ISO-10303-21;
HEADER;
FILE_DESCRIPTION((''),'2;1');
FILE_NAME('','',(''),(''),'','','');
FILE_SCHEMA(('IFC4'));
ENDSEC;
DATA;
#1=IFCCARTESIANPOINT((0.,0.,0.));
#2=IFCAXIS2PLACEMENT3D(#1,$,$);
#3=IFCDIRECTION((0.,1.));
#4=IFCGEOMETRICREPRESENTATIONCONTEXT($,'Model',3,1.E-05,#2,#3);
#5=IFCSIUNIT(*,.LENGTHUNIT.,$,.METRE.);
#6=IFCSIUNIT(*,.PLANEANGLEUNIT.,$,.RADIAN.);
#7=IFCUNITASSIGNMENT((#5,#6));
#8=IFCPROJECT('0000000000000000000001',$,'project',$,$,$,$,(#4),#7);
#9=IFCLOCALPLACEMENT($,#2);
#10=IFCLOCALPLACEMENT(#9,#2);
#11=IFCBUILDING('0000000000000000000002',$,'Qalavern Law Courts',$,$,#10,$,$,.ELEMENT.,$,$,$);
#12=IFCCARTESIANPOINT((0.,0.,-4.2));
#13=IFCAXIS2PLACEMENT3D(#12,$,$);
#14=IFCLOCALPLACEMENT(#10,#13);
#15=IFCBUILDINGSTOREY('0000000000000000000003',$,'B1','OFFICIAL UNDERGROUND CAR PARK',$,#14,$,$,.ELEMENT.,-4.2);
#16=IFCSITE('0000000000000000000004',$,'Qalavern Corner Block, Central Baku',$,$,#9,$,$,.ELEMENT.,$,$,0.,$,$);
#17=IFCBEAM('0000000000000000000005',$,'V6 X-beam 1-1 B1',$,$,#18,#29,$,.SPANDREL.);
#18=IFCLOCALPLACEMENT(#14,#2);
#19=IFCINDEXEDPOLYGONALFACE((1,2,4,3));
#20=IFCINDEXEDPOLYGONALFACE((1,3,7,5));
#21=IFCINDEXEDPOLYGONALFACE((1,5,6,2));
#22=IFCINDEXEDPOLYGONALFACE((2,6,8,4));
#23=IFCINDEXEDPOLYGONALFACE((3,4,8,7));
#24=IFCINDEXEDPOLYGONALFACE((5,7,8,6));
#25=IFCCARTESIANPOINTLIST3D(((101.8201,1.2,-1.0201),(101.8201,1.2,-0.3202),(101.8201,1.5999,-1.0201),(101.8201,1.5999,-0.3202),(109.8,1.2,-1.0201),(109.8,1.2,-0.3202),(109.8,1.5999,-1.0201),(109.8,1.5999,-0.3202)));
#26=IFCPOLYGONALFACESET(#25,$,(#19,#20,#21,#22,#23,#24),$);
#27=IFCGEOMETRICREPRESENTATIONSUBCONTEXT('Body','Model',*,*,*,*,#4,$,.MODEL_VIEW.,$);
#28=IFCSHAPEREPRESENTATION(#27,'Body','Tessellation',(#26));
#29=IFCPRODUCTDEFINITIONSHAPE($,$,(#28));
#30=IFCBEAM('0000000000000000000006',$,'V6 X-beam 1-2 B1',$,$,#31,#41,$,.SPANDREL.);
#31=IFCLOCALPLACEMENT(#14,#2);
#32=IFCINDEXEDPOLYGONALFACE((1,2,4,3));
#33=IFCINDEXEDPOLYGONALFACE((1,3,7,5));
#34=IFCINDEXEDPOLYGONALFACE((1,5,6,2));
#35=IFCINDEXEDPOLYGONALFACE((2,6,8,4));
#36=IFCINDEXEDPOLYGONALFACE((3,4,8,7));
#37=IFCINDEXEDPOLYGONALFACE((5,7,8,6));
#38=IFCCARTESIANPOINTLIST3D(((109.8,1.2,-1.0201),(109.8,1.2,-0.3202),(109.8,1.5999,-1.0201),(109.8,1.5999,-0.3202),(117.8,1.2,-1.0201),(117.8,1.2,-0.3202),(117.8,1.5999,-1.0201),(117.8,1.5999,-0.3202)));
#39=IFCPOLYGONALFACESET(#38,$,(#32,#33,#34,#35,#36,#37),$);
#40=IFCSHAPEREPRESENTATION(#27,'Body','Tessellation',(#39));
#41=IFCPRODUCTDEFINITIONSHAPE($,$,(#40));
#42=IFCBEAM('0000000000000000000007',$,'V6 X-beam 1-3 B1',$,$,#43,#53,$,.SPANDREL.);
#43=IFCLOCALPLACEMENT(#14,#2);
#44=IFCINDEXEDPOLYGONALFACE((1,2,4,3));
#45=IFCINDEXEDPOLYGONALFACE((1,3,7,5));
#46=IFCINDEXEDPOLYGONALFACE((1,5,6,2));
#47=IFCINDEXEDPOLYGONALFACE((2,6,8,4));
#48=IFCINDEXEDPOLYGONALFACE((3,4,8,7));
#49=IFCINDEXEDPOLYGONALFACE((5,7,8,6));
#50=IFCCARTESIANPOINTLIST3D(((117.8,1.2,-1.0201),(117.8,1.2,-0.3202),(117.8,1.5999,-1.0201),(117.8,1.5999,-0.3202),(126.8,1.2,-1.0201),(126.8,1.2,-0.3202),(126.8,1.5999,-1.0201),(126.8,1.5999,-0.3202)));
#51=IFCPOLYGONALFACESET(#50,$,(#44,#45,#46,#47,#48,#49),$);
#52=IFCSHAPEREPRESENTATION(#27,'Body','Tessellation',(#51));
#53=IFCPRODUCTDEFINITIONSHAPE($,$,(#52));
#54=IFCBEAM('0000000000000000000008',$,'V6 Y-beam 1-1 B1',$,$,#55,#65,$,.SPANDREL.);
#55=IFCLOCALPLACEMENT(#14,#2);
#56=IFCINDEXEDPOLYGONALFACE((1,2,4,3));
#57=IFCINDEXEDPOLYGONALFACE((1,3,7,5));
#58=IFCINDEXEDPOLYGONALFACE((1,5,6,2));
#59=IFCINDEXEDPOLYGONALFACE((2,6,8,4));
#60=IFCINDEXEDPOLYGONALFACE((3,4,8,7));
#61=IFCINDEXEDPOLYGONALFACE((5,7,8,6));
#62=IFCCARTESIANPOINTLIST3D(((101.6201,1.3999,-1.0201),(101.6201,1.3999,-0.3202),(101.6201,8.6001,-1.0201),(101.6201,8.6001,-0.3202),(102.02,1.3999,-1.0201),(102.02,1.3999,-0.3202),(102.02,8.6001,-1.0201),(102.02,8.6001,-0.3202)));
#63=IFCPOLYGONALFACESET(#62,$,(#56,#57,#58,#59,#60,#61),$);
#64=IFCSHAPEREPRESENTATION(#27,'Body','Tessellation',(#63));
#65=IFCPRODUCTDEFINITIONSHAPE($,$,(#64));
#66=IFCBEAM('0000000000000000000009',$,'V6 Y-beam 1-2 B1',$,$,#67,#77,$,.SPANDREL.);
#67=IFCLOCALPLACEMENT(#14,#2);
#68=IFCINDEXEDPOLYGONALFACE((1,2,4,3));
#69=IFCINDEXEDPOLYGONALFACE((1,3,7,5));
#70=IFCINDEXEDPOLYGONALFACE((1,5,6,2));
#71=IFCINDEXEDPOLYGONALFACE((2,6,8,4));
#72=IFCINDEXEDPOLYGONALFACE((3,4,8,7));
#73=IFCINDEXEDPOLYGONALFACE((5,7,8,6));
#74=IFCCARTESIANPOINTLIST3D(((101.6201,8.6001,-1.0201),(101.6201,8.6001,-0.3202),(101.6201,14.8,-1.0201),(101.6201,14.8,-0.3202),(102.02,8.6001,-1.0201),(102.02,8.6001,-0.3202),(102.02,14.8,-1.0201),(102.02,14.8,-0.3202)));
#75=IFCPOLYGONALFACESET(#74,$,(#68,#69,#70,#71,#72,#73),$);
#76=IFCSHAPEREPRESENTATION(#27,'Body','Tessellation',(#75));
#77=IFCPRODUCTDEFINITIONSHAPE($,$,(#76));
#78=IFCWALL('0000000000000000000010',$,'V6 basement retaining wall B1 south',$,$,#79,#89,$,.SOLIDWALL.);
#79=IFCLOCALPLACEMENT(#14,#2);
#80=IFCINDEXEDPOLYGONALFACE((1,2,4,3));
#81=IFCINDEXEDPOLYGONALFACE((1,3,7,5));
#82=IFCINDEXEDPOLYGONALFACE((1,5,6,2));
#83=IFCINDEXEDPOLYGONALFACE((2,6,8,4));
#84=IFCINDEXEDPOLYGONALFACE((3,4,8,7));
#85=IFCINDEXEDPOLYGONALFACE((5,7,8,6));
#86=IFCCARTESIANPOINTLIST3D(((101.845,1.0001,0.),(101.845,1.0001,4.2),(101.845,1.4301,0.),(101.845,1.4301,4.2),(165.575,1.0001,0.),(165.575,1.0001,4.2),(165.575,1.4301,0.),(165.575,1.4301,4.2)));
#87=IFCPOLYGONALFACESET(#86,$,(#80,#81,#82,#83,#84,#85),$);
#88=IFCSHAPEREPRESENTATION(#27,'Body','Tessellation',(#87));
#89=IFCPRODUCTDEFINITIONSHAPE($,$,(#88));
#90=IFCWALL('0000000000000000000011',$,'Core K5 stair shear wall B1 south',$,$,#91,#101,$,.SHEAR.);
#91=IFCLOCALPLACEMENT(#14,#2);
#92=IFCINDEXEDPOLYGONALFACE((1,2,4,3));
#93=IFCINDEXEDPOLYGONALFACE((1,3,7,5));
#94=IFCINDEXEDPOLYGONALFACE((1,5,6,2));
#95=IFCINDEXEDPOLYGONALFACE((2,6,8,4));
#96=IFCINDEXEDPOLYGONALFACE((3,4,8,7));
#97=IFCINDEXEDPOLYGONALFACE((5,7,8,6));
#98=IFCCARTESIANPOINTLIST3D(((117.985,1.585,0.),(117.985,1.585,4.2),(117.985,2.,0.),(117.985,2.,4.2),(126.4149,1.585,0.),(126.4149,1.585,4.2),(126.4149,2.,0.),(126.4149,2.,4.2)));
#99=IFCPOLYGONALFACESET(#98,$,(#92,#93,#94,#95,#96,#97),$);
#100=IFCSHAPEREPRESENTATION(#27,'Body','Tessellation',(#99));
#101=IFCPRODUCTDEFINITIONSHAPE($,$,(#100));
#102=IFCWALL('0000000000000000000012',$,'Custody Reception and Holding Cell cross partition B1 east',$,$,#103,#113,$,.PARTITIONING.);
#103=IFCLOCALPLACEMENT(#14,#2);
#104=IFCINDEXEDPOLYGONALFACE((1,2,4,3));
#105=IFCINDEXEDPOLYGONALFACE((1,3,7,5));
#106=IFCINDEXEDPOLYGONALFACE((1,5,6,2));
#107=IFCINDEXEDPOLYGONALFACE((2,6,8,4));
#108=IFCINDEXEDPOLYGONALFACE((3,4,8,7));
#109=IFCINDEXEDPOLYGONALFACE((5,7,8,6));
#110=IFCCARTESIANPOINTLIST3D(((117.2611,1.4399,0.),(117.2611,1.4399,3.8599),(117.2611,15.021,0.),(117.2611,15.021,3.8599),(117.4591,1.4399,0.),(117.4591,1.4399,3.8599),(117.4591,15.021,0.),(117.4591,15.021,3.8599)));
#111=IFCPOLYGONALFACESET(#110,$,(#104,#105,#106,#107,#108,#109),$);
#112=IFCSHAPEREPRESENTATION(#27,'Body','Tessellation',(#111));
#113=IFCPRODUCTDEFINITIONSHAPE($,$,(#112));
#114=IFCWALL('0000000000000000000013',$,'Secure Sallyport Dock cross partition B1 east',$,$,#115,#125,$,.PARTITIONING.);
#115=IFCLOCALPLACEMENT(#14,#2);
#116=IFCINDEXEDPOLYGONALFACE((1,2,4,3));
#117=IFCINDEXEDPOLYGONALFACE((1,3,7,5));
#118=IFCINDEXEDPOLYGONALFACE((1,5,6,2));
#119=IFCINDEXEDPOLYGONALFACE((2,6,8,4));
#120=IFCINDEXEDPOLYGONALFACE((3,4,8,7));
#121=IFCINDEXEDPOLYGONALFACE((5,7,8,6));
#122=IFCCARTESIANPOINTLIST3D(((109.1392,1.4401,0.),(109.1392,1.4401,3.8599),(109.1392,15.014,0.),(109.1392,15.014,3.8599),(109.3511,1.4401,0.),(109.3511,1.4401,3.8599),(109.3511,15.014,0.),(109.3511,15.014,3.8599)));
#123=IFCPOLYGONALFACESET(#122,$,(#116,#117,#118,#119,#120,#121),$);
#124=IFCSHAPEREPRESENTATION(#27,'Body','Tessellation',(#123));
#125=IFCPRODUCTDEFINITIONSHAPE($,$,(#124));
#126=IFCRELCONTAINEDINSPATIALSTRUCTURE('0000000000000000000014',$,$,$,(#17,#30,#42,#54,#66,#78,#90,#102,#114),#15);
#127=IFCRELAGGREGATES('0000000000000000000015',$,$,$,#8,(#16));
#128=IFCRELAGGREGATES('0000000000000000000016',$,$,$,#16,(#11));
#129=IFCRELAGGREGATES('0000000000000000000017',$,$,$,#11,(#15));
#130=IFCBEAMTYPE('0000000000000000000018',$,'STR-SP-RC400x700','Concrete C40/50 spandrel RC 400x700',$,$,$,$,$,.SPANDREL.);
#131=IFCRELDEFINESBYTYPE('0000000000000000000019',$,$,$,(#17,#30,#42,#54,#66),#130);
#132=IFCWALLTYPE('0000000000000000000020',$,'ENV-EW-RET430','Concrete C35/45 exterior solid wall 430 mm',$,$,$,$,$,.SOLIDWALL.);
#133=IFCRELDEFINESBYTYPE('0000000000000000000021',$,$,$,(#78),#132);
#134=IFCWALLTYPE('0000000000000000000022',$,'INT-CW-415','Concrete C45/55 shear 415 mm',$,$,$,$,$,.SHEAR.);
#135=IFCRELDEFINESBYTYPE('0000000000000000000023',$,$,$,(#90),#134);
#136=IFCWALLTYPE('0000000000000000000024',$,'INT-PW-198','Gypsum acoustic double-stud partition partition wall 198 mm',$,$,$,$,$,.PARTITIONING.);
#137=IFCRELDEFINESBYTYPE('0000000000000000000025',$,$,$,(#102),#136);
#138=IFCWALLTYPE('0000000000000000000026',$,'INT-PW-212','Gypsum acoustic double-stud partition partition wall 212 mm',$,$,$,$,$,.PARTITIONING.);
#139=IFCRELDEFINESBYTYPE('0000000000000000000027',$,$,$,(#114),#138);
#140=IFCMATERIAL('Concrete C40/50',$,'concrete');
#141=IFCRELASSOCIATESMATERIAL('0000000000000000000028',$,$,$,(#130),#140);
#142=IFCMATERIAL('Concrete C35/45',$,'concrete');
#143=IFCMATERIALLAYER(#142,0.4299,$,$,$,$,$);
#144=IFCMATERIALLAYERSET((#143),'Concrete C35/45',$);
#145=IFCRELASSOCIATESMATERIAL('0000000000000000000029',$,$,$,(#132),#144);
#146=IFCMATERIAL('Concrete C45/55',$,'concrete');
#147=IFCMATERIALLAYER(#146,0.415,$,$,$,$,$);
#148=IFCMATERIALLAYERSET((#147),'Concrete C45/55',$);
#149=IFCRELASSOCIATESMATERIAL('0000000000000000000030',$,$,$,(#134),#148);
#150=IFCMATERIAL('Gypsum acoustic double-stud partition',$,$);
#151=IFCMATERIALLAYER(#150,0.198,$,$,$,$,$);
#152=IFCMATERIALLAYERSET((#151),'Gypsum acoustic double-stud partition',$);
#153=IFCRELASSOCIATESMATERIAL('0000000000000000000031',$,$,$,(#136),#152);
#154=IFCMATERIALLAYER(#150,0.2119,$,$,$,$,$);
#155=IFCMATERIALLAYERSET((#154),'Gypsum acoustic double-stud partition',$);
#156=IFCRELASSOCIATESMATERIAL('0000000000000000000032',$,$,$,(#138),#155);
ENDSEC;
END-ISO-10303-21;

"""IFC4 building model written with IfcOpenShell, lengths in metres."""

from ifc_helpers import new_model, si_unit, direction, frame, frame_2d, origin, origin_2d, place, context, subcontext, project, spatial, rectangle, extrude, material, layer, layer_set, material_profile, profile_set, type_object, element, save


model = new_model("IFC4")

# Units and contexts
model_context = context("Model", 3, precision=1e-05, world=origin(), true_north=direction((0.0, 1.0)))
body_context = subcontext(model_context, "Body", "Model", "MODEL_VIEW")
ifc_project = project(units=[si_unit("LENGTHUNIT", "METRE"), si_unit("PLANEANGLEUNIT", "RADIAN")], contexts=[model_context])

# Site, building, storey
site_placement = place(None, origin())
site = spatial("IfcSite", under=ifc_project, at=site_placement, Name="Qalavern Corner Block, Central Baku", CompositionType="ELEMENT", RefElevation=0.0)
building_placement = place(site_placement, origin())
building = spatial("IfcBuilding", under=site, at=building_placement, Name="Qalavern Law Courts", CompositionType="ELEMENT")
storey_placement = place(building_placement, frame((0.0, 0.0, -4.2)))
storey = spatial("IfcBuildingStorey", under=building, at=storey_placement, Name="B1", Description="OFFICIAL UNDERGROUND CAR PARK", CompositionType="ELEMENT", Elevation=-4.2)

# Shared definitions
ifc_material_1 = material(Name="Concrete C45/55", Category="concrete")

# Beams
ifc_material_2 = material(Name="Concrete C35/45", Category="concrete")
ifc_material_3 = material(Name="Concrete C40/50", Category="concrete")
ifc_material_profile_1 = material_profile(ifc_material_3, rectangle(XDim=0.3999, YDim=0.7, at=origin_2d()), Name="RC 400x700")
ifc_profile_set_1 = profile_set([ifc_material_profile_1], Name="Concrete C40/50")
beam_type_1 = type_object("IfcBeamType", Name="STR-SP-RC400x700", Description="Concrete C40/50 spandrel RC 400x700", PredefinedType="SPANDREL", material=ifc_profile_set_1)
beam_1_placement = place(storey_placement, frame((101.8201, 1.3999, -0.6702), z_axis=(1.0, 0.0, 0.0), x_axis=(0.0, 1.0, 0.0)))
element("IfcBeam", 1, at=beam_1_placement, inside=storey, type_object=beam_type_1, Name="V6 X-beam 1-1 B1", PredefinedType="SPANDREL", context=body_context, shape_type="SweptSolid", body=[
    extrude(rectangle(XDim=0.3999, YDim=0.7, at=origin_2d()), origin(), (0.0, 0.0, 1.0), 7.98),
])
beam_2_placement = place(storey_placement, frame((109.8, 1.3999, -0.6702), z_axis=(1.0, 0.0, 0.0), x_axis=(0.0, 1.0, 0.0)))
element("IfcBeam", 2, at=beam_2_placement, inside=storey, type_object=beam_type_1, Name="V6 X-beam 1-2 B1", PredefinedType="SPANDREL", context=body_context, shape_type="SweptSolid", body=[
    extrude(rectangle(XDim=0.3999, YDim=0.7, at=origin_2d()), origin(), (0.0, 0.0, 1.0), 8.0),
])
beam_3_placement = place(storey_placement, frame((117.8, 1.3999, -0.6702), z_axis=(1.0, 0.0, 0.0), x_axis=(0.0, 1.0, 0.0)))
element("IfcBeam", 3, at=beam_3_placement, inside=storey, type_object=beam_type_1, Name="V6 X-beam 1-3 B1", PredefinedType="SPANDREL", context=body_context, shape_type="SweptSolid", body=[
    extrude(rectangle(XDim=0.3999, YDim=0.7, at=origin_2d()), origin(), (0.0, 0.0, 1.0), 9.0),
])
beam_4_placement = place(storey_placement, frame((101.8201, 1.3999, -0.6702), z_axis=(0.0, 1.0, 0.0), x_axis=(-1.0, 0.0, 0.0)))
element("IfcBeam", 4, at=beam_4_placement, inside=storey, type_object=beam_type_1, Name="V6 Y-beam 1-1 B1", PredefinedType="SPANDREL", context=body_context, shape_type="SweptSolid", body=[
    extrude(rectangle(XDim=0.3999, YDim=0.7, at=origin_2d()), origin(), (0.0, 0.0, 1.0), 7.2002),
])
beam_5_placement = place(storey_placement, frame((101.8201, 8.6001, -0.6702), z_axis=(0.0, 1.0, 0.0), x_axis=(-1.0, 0.0, 0.0)))
element("IfcBeam", 5, at=beam_5_placement, inside=storey, type_object=beam_type_1, Name="V6 Y-beam 1-2 B1", PredefinedType="SPANDREL", context=body_context, shape_type="SweptSolid", body=[
    extrude(rectangle(XDim=0.3999, YDim=0.7, at=origin_2d()), origin(), (0.0, 0.0, 1.0), 6.2),
])

# Walls
ifc_layer_1 = layer(ifc_material_2, 0.4299)
ifc_layer_set_1 = layer_set([ifc_layer_1], Name="Concrete C35/45")
wall_type_1 = type_object("IfcWallType", Name="ENV-EW-RET430", Description="Concrete C35/45 exterior solid wall 430 mm", PredefinedType="SOLIDWALL", material=ifc_layer_set_1)
wall_1_placement = place(storey_placement, frame((101.845, 1.2151, 0.0), z_axis=(0.0, 0.0, 1.0), x_axis=(1.0, 0.0, 0.0)))
element("IfcWall", 6, at=wall_1_placement, inside=storey, type_object=wall_type_1, Name="V6 basement retaining wall B1 south", PredefinedType="SOLIDWALL", context=body_context, shape_type="SweptSolid", body=[
    extrude(rectangle(XDim=63.73, YDim=0.4299, at=frame_2d((31.865, 0.0))), origin(), (0.0, 0.0, 1.0), 4.2),
])
ifc_layer_2 = layer(ifc_material_1, 0.415)
ifc_layer_set_2 = layer_set([ifc_layer_2], Name="Concrete C45/55")
wall_type_2 = type_object("IfcWallType", Name="INT-CW-415", Description="Concrete C45/55 shear 415 mm", PredefinedType="SHEAR", material=ifc_layer_set_2)
wall_2_placement = place(storey_placement, frame((117.9851, 1.7925, 0.0), z_axis=(0.0, 0.0, 1.0), x_axis=(1.0, 0.0, 0.0)))
element("IfcWall", 7, at=wall_2_placement, inside=storey, type_object=wall_type_2, Name="Core K5 stair shear wall B1 south", PredefinedType="SHEAR", context=body_context, shape_type="SweptSolid", body=[
    extrude(rectangle(XDim=8.4299, YDim=0.415, at=frame_2d((4.2148, 0.0))), origin(), (0.0, 0.0, 1.0), 4.2),
])
ifc_material_4 = material(Name="Gypsum acoustic double-stud partition")
ifc_layer_3 = layer(ifc_material_4, 0.198)
ifc_layer_set_3 = layer_set([ifc_layer_3], Name="Gypsum acoustic double-stud partition")
wall_type_3 = type_object("IfcWallType", Name="INT-PW-198", Description="Gypsum acoustic double-stud partition partition wall 198 mm", PredefinedType="PARTITIONING", material=ifc_layer_set_3)
wall_3_placement = place(storey_placement, frame((117.3601, 1.4399, 0.0), z_axis=(0.0, 0.0, 1.0), x_axis=(0.0, 1.0, 0.0)))
element("IfcWall", 8, at=wall_3_placement, inside=storey, type_object=wall_type_3, Name="Custody Reception and Holding Cell cross partition B1 east", PredefinedType="PARTITIONING", context=body_context, shape_type="SweptSolid", body=[
    extrude(rectangle(XDim=13.5811, YDim=0.198, at=frame_2d((6.7905, 0.0))), origin(), (0.0, 0.0, 1.0), 3.8599),
])
ifc_layer_4 = layer(ifc_material_4, 0.2119)
ifc_layer_set_4 = layer_set([ifc_layer_4], Name="Gypsum acoustic double-stud partition")
wall_type_4 = type_object("IfcWallType", Name="INT-PW-212", Description="Gypsum acoustic double-stud partition partition wall 212 mm", PredefinedType="PARTITIONING", material=ifc_layer_set_4)
wall_4_placement = place(storey_placement, frame((109.2451, 1.4399, 0.0), z_axis=(0.0, 0.0, 1.0), x_axis=(0.0, 1.0, 0.0)))
element("IfcWall", 9, at=wall_4_placement, inside=storey, type_object=wall_type_4, Name="Secure Sallyport Dock cross partition B1 east", PredefinedType="PARTITIONING", context=body_context, shape_type="SweptSolid", body=[
    extrude(rectangle(XDim=13.574, YDim=0.2119, at=frame_2d((6.7871, 0.0))), origin(), (0.0, 0.0, 1.0), 3.8599),
])

save(model, "model.ifc")
